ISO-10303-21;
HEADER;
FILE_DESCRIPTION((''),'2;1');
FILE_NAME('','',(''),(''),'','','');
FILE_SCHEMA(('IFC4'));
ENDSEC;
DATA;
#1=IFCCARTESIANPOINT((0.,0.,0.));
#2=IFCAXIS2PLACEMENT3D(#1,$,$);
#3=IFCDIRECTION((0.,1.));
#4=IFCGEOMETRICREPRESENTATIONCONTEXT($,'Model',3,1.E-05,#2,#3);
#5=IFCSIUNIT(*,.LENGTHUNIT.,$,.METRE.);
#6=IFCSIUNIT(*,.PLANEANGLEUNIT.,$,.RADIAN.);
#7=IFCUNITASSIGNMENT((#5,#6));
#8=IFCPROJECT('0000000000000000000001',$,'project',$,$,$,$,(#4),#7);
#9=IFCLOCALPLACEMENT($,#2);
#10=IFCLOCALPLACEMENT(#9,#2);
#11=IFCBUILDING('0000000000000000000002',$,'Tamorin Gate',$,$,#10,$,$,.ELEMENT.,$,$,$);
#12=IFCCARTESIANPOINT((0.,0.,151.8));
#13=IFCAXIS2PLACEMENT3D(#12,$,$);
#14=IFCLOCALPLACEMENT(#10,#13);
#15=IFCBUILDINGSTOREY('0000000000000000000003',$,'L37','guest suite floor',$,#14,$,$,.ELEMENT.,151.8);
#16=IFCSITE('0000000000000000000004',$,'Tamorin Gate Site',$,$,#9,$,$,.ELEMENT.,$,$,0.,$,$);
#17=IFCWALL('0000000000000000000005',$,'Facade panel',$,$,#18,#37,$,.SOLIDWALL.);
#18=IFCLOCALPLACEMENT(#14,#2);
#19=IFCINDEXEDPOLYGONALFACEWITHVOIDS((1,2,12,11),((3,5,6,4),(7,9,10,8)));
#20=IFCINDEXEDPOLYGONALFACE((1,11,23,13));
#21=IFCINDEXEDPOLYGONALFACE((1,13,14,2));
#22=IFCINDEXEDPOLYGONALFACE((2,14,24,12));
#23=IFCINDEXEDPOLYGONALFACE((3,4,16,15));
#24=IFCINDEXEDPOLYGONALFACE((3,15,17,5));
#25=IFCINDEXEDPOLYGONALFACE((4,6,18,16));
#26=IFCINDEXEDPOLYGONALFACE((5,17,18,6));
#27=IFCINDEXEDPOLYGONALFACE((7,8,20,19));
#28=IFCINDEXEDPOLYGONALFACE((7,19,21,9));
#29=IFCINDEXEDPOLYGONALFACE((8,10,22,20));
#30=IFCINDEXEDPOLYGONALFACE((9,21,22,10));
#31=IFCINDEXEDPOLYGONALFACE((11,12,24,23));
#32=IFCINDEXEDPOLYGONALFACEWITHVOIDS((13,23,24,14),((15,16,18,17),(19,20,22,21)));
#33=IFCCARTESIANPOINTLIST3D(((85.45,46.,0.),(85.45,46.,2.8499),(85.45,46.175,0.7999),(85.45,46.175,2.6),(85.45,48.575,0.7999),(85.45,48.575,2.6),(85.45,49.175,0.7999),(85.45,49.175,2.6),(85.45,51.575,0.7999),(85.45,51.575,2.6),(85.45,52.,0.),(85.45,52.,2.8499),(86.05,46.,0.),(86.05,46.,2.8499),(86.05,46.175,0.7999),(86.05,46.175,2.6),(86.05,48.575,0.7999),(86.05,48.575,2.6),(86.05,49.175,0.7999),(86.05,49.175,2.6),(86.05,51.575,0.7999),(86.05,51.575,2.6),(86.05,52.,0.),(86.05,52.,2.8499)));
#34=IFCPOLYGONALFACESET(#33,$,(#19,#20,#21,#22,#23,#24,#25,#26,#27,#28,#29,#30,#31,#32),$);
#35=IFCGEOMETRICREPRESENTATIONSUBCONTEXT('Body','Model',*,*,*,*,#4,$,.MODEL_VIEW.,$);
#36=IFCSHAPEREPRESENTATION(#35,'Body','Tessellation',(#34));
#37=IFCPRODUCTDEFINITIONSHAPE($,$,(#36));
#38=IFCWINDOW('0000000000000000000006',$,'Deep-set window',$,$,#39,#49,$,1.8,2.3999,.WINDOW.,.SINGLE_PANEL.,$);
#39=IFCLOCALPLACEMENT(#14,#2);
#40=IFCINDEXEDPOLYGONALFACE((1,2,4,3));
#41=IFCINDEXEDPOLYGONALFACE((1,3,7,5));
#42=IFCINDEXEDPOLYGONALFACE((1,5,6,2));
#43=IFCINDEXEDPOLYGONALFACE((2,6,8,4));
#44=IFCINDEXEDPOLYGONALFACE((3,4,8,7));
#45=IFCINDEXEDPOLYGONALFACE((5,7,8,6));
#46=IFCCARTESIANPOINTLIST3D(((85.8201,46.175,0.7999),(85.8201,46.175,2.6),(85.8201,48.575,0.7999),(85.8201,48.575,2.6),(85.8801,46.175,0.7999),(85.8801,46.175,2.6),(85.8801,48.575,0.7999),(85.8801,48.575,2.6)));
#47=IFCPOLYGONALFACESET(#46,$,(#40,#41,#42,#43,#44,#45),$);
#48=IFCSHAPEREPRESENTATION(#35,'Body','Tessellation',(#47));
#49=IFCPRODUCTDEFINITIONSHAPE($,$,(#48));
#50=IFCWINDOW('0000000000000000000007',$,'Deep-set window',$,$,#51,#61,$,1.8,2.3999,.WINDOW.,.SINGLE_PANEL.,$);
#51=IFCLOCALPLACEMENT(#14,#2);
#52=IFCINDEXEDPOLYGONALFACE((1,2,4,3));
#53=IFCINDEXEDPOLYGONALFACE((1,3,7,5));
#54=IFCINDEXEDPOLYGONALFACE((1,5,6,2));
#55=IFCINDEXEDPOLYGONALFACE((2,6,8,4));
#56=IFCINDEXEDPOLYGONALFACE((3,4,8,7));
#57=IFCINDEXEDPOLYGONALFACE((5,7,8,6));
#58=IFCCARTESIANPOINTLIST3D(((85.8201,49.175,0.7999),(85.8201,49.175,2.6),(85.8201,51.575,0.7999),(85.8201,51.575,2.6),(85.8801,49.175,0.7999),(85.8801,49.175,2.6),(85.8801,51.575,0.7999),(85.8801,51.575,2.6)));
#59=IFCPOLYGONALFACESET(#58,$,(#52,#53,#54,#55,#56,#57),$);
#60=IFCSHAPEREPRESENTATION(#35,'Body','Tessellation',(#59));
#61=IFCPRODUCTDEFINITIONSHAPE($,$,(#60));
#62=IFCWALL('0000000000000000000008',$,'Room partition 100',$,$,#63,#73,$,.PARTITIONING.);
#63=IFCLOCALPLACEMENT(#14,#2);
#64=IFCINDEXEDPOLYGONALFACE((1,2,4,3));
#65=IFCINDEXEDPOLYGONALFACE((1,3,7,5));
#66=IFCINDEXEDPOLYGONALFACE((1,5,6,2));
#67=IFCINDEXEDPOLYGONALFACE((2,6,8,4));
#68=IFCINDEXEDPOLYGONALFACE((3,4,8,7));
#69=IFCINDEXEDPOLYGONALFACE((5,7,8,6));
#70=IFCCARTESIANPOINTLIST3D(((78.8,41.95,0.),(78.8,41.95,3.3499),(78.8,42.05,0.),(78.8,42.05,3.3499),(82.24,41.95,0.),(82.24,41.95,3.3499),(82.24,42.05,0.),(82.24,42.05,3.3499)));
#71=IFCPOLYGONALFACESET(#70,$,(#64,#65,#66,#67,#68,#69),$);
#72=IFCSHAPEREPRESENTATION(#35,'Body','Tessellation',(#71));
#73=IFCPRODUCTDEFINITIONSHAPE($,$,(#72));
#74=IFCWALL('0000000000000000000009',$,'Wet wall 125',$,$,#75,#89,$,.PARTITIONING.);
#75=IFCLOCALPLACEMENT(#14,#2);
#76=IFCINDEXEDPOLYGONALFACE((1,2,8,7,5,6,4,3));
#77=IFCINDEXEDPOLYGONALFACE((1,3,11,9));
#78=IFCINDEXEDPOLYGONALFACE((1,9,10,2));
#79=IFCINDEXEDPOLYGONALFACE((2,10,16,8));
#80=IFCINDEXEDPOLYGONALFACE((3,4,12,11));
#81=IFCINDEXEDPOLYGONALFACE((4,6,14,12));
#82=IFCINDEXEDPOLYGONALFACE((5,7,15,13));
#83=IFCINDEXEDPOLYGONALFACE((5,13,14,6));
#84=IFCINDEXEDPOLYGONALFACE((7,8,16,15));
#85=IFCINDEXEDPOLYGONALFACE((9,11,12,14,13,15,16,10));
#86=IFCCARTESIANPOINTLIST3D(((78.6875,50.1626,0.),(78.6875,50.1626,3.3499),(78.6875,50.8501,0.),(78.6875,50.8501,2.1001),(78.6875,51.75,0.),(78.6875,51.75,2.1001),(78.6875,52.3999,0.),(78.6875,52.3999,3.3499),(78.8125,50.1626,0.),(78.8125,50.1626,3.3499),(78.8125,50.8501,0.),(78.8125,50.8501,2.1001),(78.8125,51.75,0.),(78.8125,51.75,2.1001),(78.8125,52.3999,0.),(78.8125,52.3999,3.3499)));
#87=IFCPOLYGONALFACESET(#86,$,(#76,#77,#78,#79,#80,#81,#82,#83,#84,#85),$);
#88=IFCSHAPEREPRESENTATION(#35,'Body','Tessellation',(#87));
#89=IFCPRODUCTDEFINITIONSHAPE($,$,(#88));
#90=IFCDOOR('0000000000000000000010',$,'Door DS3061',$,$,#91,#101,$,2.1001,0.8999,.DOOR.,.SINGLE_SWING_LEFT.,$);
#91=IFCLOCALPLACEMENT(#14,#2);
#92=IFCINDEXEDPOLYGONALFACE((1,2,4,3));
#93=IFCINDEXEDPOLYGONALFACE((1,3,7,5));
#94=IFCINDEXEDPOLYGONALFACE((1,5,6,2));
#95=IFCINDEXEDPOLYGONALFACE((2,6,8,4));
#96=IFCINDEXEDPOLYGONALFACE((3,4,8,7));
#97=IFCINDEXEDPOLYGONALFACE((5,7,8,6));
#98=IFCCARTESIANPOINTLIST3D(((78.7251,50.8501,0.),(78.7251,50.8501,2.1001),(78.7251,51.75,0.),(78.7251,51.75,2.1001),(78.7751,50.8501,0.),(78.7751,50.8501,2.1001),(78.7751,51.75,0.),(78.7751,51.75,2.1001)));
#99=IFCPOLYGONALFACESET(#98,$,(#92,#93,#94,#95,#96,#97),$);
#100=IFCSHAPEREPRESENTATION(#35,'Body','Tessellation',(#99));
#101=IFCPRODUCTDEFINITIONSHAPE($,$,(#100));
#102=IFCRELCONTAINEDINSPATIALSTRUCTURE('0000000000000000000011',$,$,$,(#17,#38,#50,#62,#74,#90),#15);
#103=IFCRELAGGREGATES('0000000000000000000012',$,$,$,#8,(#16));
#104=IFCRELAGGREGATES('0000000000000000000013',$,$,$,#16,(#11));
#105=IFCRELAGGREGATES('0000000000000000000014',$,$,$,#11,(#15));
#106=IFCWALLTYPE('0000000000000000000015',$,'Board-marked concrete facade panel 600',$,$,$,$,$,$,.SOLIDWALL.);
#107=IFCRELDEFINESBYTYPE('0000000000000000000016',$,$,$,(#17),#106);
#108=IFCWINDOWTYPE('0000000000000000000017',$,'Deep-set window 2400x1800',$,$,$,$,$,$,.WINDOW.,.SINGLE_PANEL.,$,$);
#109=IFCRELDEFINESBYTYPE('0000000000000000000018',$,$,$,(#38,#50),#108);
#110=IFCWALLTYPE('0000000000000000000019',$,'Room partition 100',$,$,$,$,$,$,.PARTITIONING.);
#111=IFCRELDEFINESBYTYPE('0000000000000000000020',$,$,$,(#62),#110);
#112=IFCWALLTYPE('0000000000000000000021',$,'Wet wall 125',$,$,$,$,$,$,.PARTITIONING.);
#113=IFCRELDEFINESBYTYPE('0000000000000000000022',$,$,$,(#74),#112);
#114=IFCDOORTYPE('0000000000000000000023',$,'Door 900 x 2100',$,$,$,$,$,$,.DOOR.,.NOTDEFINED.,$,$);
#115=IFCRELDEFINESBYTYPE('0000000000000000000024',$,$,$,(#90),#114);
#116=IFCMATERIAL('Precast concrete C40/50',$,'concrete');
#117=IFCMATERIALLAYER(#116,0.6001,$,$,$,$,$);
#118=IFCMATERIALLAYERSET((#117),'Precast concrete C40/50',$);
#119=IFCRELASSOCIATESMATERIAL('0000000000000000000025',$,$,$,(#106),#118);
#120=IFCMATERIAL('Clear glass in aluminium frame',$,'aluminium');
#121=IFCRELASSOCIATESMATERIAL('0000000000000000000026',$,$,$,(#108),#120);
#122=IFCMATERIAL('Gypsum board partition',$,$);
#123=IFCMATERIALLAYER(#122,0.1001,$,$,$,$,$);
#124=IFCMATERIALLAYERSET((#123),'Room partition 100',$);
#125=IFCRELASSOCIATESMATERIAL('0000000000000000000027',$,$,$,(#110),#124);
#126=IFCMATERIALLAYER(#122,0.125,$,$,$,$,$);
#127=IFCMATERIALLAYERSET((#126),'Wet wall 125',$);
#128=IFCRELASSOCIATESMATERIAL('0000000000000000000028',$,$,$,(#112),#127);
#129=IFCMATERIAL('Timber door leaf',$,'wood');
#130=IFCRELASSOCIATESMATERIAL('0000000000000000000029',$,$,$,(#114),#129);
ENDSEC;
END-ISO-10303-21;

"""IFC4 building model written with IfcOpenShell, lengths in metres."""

from ifc_helpers import new_model, si_unit, direction, frame, frame_2d, origin, place, context, subcontext, project, spatial, rectangle, extrude, material, layer, layer_set, type_object, element, fill, save


model = new_model("IFC4")

# Units and contexts
model_context = context("Model", 3, precision=1e-05, world=origin(), true_north=direction((0.0, 1.0)))
body_context = subcontext(model_context, "Body", "Model", "MODEL_VIEW")
ifc_project = project(units=[si_unit("LENGTHUNIT", "METRE"), si_unit("PLANEANGLEUNIT", "RADIAN")], contexts=[model_context])

# Site, building, storey
site_placement = place(None, origin())
site = spatial("IfcSite", under=ifc_project, at=site_placement, Name="Tamorin Gate Site", CompositionType="ELEMENT", RefElevation=0.0)
building_placement = place(site_placement, origin())
building = spatial("IfcBuilding", under=site, at=building_placement, Name="Tamorin Gate", CompositionType="ELEMENT")
storey_placement = place(building_placement, frame((0.0, 0.0, 151.8)))
storey = spatial("IfcBuildingStorey", under=building, at=storey_placement, Name="L37", Description="guest suite floor", CompositionType="ELEMENT", Elevation=151.8)

# Shared definitions
ifc_material_1 = material(Name="Precast concrete C40/50", Category="concrete")
ifc_layer_1 = layer(ifc_material_1, 0.6001)
ifc_layer_set_1 = layer_set([ifc_layer_1], Name="Precast concrete C40/50")
wall_type_1 = type_object("IfcWallType", Name="Board-marked concrete facade panel 600", PredefinedType="SOLIDWALL", material=ifc_layer_set_1)
ifc_material_2 = material(Name="Clear glass in aluminium frame", Category="aluminium")
window_type_1 = type_object("IfcWindowType", Name="Deep-set window 2400x1800", PartitioningType="SINGLE_PANEL", PredefinedType="WINDOW", material=ifc_material_2)

# Wall, openings, windows
wall_1_placement = place(storey_placement, frame((85.75, 46.0, 0.0), z_axis=(0.0, 0.0, 1.0), x_axis=(0.0, 1.0, 0.0)))
wall_1 = element("IfcWall", 1, at=wall_1_placement, inside=storey, type_object=wall_type_1, Name="Facade panel", PredefinedType="SOLIDWALL", context=body_context, shape_type="SweptSolid", body=[
    extrude(rectangle(XDim=6.0, YDim=0.6001, at=frame_2d((3.0, 0.0))), origin(), (0.0, 0.0, 1.0), 2.8499),
])
opening_1_placement = place(wall_1_placement, frame((0.175, 0.0, 0.8)))
opening_1 = element("IfcOpeningElement", 2, at=opening_1_placement, cuts=wall_1, PredefinedType="OPENING", context=body_context, shape_type="SweptSolid", body=[
    extrude(rectangle(XDim=2.3999, YDim=1.8, at=frame_2d((1.2, 0.8999))), frame((0.0, 0.3101, 0.0), z_axis=(0.0, -1.0, 0.0), x_axis=(1.0, 0.0, 0.0)), (0.0, 0.0, 1.0), 0.6201),
])
opening_2_placement = place(wall_1_placement, frame((3.175, 0.0, 0.8)))
opening_2 = element("IfcOpeningElement", 3, at=opening_2_placement, cuts=wall_1, PredefinedType="OPENING", context=body_context, shape_type="SweptSolid", body=[
    extrude(rectangle(XDim=2.3999, YDim=1.8, at=frame_2d((1.2, 0.8999))), frame((0.0, 0.3101, 0.0), z_axis=(0.0, -1.0, 0.0), x_axis=(1.0, 0.0, 0.0)), (0.0, 0.0, 1.0), 0.6201),
])
window_1_placement = place(opening_1_placement, origin())
window_1 = element("IfcWindow", 4, at=window_1_placement, inside=storey, type_object=window_type_1, Name="Deep-set window", OverallHeight=1.8, OverallWidth=2.3999, PartitioningType="SINGLE_PANEL", PredefinedType="WINDOW", context=body_context, shape_type="SweptSolid", body=[
    extrude(rectangle(XDim=2.3999, YDim=1.8, at=frame_2d((1.2, 0.8999))), frame((0.0, -0.0701, 0.0), z_axis=(0.0, -1.0, 0.0), x_axis=(1.0, 0.0, 0.0)), (0.0, 0.0, 1.0), 0.0601),
])
fill(opening_1, window_1)
window_2_placement = place(opening_2_placement, origin())
window_2 = element("IfcWindow", 5, at=window_2_placement, inside=storey, type_object=window_type_1, Name="Deep-set window", OverallHeight=1.8, OverallWidth=2.3999, PartitioningType="SINGLE_PANEL", PredefinedType="WINDOW", context=body_context, shape_type="SweptSolid", body=[
    extrude(rectangle(XDim=2.3999, YDim=1.8, at=frame_2d((1.2, 0.8999))), frame((0.0, -0.0701, 0.0), z_axis=(0.0, -1.0, 0.0), x_axis=(1.0, 0.0, 0.0)), (0.0, 0.0, 1.0), 0.0601),
])
fill(opening_2, window_2)

# Wall
ifc_material_3 = material(Name="Gypsum board partition")
ifc_layer_2 = layer(ifc_material_3, 0.1001)
ifc_layer_set_2 = layer_set([ifc_layer_2], Name="Room partition 100")
wall_type_2 = type_object("IfcWallType", Name="Room partition 100", PredefinedType="PARTITIONING", material=ifc_layer_set_2)
wall_2_placement = place(storey_placement, frame((78.8, 42.0, 0.0), z_axis=(0.0, 0.0, 1.0), x_axis=(1.0, 0.0, 0.0)))
element("IfcWall", 6, at=wall_2_placement, inside=storey, type_object=wall_type_2, Name="Room partition 100", PredefinedType="PARTITIONING", context=body_context, shape_type="SweptSolid", body=[
    extrude(rectangle(XDim=3.4399, YDim=0.1001, at=frame_2d((1.72, 0.0))), origin(), (0.0, 0.0, 1.0), 3.3499),
])

# Wall, opening, door
ifc_layer_3 = layer(ifc_material_3, 0.125)
ifc_layer_set_3 = layer_set([ifc_layer_3], Name="Wet wall 125")
wall_type_3 = type_object("IfcWallType", Name="Wet wall 125", PredefinedType="PARTITIONING", material=ifc_layer_set_3)
wall_3_placement = place(storey_placement, frame((78.75, 50.1626, 0.0), z_axis=(0.0, 0.0, 1.0), x_axis=(0.0, 1.0, 0.0)))
wall_3 = element("IfcWall", 7, at=wall_3_placement, inside=storey, type_object=wall_type_3, Name="Wet wall 125", PredefinedType="PARTITIONING", context=body_context, shape_type="SweptSolid", body=[
    extrude(rectangle(XDim=2.2373, YDim=0.125, at=frame_2d((1.1187, 0.0))), origin(), (0.0, 0.0, 1.0), 3.3499),
])
opening_3_placement = place(wall_3_placement, frame((0.6875, 0.0, 0.0)))
opening_3 = element("IfcOpeningElement", 8, at=opening_3_placement, cuts=wall_3, PredefinedType="OPENING", context=body_context, shape_type="SweptSolid", body=[
    extrude(rectangle(XDim=0.8999, YDim=2.1001, at=frame_2d((0.45, 1.05))), frame((0.0, 0.0725, 0.0), z_axis=(0.0, -1.0, 0.0), x_axis=(1.0, 0.0, 0.0)), (0.0, 0.0, 1.0), 0.145),
])
ifc_material_4 = material(Name="Timber door leaf", Category="wood")
door_type = type_object("IfcDoorType", Name="Door 900 x 2100", OperationType="NOTDEFINED", PredefinedType="DOOR", material=ifc_material_4)
door_placement = place(opening_3_placement, origin())
door = element("IfcDoor", 9, at=door_placement, inside=storey, type_object=door_type, Name="Door DS3061", OperationType="SINGLE_SWING_LEFT", OverallHeight=2.1001, OverallWidth=0.8999, PredefinedType="DOOR", context=body_context, shape_type="SweptSolid", body=[
    extrude(rectangle(XDim=0.8999, YDim=2.1001, at=frame_2d((0.45, 1.05))), frame((0.0, 0.0249, 0.0), z_axis=(0.0, -1.0, 0.0), x_axis=(1.0, 0.0, 0.0)), (0.0, 0.0, 1.0), 0.05),
])
fill(opening_3, door)

save(model, "model.ifc")
